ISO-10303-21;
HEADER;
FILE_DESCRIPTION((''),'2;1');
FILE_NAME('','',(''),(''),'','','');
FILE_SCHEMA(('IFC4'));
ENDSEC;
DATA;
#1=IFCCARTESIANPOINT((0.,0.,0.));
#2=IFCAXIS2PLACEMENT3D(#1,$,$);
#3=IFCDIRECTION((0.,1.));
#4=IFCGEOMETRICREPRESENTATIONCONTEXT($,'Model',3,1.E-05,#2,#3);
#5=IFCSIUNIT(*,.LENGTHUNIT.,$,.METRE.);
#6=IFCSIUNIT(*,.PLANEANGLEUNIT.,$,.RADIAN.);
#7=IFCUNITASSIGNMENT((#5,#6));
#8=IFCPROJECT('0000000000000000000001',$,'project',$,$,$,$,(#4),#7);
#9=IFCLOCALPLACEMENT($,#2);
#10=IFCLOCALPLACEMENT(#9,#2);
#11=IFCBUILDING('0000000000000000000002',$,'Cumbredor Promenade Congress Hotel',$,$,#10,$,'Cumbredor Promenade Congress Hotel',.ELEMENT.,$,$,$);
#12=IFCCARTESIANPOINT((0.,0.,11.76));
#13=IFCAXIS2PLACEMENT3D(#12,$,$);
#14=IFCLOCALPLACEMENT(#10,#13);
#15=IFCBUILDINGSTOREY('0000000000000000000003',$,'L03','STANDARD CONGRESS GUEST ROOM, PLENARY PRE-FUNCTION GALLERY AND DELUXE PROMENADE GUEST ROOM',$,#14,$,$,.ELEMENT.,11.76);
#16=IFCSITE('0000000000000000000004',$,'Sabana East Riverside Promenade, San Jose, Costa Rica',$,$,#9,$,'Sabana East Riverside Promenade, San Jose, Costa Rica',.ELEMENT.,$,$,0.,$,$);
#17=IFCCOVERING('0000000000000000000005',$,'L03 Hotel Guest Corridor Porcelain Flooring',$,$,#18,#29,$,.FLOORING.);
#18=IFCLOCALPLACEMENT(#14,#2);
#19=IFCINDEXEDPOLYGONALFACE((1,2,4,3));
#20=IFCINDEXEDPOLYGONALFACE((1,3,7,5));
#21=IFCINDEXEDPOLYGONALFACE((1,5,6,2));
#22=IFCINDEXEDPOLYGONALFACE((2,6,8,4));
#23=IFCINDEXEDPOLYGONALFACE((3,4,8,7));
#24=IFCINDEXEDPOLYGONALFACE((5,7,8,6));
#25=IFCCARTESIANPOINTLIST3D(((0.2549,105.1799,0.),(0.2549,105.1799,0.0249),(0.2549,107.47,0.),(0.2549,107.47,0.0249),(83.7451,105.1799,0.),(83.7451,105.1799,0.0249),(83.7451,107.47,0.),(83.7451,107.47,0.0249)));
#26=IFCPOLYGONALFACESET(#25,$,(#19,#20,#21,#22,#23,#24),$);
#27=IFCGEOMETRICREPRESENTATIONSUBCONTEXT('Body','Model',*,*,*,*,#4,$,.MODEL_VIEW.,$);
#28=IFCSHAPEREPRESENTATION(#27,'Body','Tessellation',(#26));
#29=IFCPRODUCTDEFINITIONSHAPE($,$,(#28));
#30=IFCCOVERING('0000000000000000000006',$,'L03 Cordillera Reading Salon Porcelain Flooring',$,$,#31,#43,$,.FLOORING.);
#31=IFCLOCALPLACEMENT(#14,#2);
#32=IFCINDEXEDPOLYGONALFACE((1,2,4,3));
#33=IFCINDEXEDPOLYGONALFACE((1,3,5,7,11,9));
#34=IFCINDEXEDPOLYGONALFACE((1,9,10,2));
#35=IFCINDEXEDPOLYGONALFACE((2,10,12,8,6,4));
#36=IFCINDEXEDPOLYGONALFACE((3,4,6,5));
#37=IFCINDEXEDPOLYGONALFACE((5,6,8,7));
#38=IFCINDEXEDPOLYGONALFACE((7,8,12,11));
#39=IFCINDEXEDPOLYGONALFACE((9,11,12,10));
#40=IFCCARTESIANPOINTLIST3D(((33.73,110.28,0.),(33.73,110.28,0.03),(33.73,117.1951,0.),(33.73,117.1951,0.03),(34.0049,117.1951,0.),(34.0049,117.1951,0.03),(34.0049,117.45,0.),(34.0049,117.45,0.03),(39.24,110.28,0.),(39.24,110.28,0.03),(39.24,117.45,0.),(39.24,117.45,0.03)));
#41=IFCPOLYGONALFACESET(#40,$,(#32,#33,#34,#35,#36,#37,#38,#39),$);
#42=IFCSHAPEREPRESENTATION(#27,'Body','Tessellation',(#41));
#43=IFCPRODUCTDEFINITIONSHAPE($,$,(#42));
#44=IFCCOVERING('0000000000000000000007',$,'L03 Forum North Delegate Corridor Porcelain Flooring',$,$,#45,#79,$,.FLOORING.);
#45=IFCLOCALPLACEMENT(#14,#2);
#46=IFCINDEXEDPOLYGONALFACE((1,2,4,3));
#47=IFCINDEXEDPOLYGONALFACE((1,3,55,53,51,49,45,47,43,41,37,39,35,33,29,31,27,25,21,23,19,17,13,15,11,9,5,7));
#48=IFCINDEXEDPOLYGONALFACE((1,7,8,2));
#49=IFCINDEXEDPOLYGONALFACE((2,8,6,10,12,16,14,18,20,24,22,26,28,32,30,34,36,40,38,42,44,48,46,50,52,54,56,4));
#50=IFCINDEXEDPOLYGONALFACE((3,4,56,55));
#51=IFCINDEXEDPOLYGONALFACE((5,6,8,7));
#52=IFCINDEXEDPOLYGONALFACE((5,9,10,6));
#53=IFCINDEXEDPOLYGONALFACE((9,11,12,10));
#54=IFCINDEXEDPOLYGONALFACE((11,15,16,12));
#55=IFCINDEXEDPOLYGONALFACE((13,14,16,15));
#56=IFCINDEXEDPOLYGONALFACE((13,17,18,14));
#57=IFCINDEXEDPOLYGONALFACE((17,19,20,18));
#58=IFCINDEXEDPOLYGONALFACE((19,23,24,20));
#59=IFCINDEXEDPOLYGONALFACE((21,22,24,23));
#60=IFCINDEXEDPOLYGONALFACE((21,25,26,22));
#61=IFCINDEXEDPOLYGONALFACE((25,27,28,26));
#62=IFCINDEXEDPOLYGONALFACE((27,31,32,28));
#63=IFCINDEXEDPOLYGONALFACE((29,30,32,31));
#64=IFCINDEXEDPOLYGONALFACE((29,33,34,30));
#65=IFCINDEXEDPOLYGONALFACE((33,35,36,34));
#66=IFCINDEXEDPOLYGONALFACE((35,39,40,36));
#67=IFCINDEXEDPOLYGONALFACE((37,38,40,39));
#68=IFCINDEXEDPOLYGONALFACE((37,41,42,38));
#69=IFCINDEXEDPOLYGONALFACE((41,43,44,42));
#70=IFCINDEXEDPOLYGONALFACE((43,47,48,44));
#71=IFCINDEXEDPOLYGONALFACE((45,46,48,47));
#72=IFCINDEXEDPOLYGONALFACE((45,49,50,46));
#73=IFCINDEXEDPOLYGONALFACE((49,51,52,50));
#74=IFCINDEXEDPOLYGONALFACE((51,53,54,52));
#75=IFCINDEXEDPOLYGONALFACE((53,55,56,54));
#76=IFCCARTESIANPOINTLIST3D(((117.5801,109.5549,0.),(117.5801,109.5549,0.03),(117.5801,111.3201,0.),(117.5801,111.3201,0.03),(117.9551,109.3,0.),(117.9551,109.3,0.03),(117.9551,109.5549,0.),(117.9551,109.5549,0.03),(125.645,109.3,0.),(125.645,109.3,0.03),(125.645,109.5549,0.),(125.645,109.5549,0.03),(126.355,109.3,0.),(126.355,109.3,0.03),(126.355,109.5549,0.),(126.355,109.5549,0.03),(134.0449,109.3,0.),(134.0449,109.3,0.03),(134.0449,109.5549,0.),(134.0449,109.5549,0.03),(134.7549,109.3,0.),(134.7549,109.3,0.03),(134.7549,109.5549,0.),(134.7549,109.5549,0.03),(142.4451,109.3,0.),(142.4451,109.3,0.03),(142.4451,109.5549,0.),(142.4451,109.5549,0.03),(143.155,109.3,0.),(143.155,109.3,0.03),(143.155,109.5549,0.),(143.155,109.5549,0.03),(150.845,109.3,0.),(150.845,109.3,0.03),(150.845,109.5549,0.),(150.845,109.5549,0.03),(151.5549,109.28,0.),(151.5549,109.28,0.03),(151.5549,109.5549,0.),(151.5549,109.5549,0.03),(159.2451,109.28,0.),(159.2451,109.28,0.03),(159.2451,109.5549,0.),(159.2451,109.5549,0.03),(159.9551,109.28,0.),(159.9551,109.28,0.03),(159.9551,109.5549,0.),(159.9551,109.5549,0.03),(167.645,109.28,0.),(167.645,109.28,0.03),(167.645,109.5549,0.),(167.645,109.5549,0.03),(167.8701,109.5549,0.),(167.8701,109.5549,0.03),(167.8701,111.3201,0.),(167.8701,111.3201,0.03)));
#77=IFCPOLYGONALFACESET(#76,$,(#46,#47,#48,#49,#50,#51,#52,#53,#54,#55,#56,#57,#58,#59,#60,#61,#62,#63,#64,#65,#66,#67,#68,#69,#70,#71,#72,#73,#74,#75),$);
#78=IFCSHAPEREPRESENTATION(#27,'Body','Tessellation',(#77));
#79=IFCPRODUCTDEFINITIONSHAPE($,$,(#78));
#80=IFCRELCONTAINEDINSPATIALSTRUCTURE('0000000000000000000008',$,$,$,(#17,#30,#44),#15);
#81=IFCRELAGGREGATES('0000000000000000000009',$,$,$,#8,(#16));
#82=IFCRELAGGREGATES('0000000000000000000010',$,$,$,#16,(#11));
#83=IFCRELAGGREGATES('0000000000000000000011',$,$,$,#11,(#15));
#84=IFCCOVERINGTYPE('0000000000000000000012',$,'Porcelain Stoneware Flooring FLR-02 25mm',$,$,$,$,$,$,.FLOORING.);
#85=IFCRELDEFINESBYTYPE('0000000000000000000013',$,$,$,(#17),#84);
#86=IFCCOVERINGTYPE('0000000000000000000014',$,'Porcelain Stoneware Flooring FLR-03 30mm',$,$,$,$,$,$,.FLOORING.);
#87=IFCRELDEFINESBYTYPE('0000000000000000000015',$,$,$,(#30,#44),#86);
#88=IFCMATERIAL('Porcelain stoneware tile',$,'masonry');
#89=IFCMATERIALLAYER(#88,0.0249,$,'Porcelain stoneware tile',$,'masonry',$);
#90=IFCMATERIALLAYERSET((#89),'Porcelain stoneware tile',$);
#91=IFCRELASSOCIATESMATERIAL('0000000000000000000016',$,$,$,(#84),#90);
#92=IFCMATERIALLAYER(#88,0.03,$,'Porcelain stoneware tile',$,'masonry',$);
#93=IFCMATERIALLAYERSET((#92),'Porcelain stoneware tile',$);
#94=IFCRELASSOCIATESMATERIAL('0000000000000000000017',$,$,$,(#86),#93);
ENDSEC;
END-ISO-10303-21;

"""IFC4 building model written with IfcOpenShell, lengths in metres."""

from ifc_helpers import new_model, si_unit, direction, frame, origin, place, context, subcontext, project, spatial, polyline, outline, extrude, material, layer, layer_set, type_object, element, save


model = new_model("IFC4")

# Units and contexts
model_context = context("Model", 3, precision=1e-05, world=origin(), true_north=direction((0.0, 1.0)))
body_context = subcontext(model_context, "Body", "Model", "MODEL_VIEW")
ifc_project = project(units=[si_unit("LENGTHUNIT", "METRE"), si_unit("PLANEANGLEUNIT", "RADIAN")], contexts=[model_context])

# Site, building, storey
site_placement = place(None, origin())
site = spatial("IfcSite", under=ifc_project, at=site_placement, Name="Sabana East Riverside Promenade, San Jose, Costa Rica", LongName="Sabana East Riverside Promenade, San Jose, Costa Rica", CompositionType="ELEMENT", RefElevation=0.0)
building_placement = place(site_placement, origin())
building = spatial("IfcBuilding", under=site, at=building_placement, Name="Cumbredor Promenade Congress Hotel", LongName="Cumbredor Promenade Congress Hotel", CompositionType="ELEMENT")
storey_placement = place(building_placement, frame((0.0, 0.0, 11.76)))
storey = spatial("IfcBuildingStorey", under=building, at=storey_placement, Name="L03", Description="STANDARD CONGRESS GUEST ROOM, PLENARY PRE-FUNCTION GALLERY AND DELUXE PROMENADE GUEST ROOM", CompositionType="ELEMENT", Elevation=11.76)

# Coverings
ifc_material_1 = material(Name="Porcelain stoneware tile", Category="masonry")
ifc_layer_1 = layer(ifc_material_1, 0.0249, Name="Porcelain stoneware tile", Category="masonry")
ifc_layer_set_1 = layer_set([ifc_layer_1], Name="Porcelain stoneware tile")
covering_type_1 = type_object("IfcCoveringType", Name="Porcelain Stoneware Flooring FLR-02 25mm", PredefinedType="FLOORING", material=ifc_layer_set_1)
covering_1_placement = place(storey_placement, origin())
element("IfcCovering", 1, at=covering_1_placement, inside=storey, type_object=covering_type_1, Name="L03 Hotel Guest Corridor Porcelain Flooring", PredefinedType="FLOORING", context=body_context, shape_type="SweptSolid", body=[
    extrude(outline(polyline([(83.7451, 107.47), (83.7451, 105.1799), (0.2549, 105.1799), (0.2549, 107.47), (83.7451, 107.47)])), origin(), (0.0, 0.0, 1.0), 0.0249),
])
ifc_layer_2 = layer(ifc_material_1, 0.03, Name="Porcelain stoneware tile", Category="masonry")
ifc_layer_set_2 = layer_set([ifc_layer_2], Name="Porcelain stoneware tile")
covering_type_2 = type_object("IfcCoveringType", Name="Porcelain Stoneware Flooring FLR-03 30mm", PredefinedType="FLOORING", material=ifc_layer_set_2)
covering_2_placement = place(storey_placement, origin())
element("IfcCovering", 2, at=covering_2_placement, inside=storey, type_object=covering_type_2, Name="L03 Cordillera Reading Salon Porcelain Flooring", PredefinedType="FLOORING", context=body_context, shape_type="SweptSolid", body=[
    extrude(outline(polyline([(39.24, 110.28), (33.73, 110.28), (33.73, 117.1951), (34.0049, 117.1951), (34.0049, 117.45), (39.24, 117.45), (39.24, 110.28)])), origin(), (0.0, 0.0, 1.0), 0.03),
])
covering_3_placement = place(storey_placement, origin())
element("IfcCovering", 3, at=covering_3_placement, inside=storey, type_object=covering_type_2, Name="L03 Forum North Delegate Corridor Porcelain Flooring", PredefinedType="FLOORING", context=body_context, shape_type="SweptSolid", body=[
    extrude(outline(polyline([(142.4451, 109.3), (134.7549, 109.3), (134.7549, 109.5549), (134.0449, 109.5549), (134.0449, 109.3), (126.355, 109.3), (126.355, 109.5549), (125.645, 109.5549), (125.645, 109.3), (117.9551, 109.3), (117.9551, 109.5549), (117.5801, 109.5549), (117.5801, 111.3201), (167.8701, 111.3201), (167.8701, 109.5549), (167.645, 109.5549), (167.645, 109.28), (159.9551, 109.28), (159.9551, 109.5549), (159.2451, 109.5549), (159.2451, 109.28), (151.5549, 109.28), (151.5549, 109.5549), (150.845, 109.5549), (150.845, 109.3), (143.155, 109.3), (143.155, 109.5549), (142.4451, 109.5549), (142.4451, 109.3)])), origin(), (0.0, 0.0, 1.0), 0.03),
])

save(model, "model.ifc")
